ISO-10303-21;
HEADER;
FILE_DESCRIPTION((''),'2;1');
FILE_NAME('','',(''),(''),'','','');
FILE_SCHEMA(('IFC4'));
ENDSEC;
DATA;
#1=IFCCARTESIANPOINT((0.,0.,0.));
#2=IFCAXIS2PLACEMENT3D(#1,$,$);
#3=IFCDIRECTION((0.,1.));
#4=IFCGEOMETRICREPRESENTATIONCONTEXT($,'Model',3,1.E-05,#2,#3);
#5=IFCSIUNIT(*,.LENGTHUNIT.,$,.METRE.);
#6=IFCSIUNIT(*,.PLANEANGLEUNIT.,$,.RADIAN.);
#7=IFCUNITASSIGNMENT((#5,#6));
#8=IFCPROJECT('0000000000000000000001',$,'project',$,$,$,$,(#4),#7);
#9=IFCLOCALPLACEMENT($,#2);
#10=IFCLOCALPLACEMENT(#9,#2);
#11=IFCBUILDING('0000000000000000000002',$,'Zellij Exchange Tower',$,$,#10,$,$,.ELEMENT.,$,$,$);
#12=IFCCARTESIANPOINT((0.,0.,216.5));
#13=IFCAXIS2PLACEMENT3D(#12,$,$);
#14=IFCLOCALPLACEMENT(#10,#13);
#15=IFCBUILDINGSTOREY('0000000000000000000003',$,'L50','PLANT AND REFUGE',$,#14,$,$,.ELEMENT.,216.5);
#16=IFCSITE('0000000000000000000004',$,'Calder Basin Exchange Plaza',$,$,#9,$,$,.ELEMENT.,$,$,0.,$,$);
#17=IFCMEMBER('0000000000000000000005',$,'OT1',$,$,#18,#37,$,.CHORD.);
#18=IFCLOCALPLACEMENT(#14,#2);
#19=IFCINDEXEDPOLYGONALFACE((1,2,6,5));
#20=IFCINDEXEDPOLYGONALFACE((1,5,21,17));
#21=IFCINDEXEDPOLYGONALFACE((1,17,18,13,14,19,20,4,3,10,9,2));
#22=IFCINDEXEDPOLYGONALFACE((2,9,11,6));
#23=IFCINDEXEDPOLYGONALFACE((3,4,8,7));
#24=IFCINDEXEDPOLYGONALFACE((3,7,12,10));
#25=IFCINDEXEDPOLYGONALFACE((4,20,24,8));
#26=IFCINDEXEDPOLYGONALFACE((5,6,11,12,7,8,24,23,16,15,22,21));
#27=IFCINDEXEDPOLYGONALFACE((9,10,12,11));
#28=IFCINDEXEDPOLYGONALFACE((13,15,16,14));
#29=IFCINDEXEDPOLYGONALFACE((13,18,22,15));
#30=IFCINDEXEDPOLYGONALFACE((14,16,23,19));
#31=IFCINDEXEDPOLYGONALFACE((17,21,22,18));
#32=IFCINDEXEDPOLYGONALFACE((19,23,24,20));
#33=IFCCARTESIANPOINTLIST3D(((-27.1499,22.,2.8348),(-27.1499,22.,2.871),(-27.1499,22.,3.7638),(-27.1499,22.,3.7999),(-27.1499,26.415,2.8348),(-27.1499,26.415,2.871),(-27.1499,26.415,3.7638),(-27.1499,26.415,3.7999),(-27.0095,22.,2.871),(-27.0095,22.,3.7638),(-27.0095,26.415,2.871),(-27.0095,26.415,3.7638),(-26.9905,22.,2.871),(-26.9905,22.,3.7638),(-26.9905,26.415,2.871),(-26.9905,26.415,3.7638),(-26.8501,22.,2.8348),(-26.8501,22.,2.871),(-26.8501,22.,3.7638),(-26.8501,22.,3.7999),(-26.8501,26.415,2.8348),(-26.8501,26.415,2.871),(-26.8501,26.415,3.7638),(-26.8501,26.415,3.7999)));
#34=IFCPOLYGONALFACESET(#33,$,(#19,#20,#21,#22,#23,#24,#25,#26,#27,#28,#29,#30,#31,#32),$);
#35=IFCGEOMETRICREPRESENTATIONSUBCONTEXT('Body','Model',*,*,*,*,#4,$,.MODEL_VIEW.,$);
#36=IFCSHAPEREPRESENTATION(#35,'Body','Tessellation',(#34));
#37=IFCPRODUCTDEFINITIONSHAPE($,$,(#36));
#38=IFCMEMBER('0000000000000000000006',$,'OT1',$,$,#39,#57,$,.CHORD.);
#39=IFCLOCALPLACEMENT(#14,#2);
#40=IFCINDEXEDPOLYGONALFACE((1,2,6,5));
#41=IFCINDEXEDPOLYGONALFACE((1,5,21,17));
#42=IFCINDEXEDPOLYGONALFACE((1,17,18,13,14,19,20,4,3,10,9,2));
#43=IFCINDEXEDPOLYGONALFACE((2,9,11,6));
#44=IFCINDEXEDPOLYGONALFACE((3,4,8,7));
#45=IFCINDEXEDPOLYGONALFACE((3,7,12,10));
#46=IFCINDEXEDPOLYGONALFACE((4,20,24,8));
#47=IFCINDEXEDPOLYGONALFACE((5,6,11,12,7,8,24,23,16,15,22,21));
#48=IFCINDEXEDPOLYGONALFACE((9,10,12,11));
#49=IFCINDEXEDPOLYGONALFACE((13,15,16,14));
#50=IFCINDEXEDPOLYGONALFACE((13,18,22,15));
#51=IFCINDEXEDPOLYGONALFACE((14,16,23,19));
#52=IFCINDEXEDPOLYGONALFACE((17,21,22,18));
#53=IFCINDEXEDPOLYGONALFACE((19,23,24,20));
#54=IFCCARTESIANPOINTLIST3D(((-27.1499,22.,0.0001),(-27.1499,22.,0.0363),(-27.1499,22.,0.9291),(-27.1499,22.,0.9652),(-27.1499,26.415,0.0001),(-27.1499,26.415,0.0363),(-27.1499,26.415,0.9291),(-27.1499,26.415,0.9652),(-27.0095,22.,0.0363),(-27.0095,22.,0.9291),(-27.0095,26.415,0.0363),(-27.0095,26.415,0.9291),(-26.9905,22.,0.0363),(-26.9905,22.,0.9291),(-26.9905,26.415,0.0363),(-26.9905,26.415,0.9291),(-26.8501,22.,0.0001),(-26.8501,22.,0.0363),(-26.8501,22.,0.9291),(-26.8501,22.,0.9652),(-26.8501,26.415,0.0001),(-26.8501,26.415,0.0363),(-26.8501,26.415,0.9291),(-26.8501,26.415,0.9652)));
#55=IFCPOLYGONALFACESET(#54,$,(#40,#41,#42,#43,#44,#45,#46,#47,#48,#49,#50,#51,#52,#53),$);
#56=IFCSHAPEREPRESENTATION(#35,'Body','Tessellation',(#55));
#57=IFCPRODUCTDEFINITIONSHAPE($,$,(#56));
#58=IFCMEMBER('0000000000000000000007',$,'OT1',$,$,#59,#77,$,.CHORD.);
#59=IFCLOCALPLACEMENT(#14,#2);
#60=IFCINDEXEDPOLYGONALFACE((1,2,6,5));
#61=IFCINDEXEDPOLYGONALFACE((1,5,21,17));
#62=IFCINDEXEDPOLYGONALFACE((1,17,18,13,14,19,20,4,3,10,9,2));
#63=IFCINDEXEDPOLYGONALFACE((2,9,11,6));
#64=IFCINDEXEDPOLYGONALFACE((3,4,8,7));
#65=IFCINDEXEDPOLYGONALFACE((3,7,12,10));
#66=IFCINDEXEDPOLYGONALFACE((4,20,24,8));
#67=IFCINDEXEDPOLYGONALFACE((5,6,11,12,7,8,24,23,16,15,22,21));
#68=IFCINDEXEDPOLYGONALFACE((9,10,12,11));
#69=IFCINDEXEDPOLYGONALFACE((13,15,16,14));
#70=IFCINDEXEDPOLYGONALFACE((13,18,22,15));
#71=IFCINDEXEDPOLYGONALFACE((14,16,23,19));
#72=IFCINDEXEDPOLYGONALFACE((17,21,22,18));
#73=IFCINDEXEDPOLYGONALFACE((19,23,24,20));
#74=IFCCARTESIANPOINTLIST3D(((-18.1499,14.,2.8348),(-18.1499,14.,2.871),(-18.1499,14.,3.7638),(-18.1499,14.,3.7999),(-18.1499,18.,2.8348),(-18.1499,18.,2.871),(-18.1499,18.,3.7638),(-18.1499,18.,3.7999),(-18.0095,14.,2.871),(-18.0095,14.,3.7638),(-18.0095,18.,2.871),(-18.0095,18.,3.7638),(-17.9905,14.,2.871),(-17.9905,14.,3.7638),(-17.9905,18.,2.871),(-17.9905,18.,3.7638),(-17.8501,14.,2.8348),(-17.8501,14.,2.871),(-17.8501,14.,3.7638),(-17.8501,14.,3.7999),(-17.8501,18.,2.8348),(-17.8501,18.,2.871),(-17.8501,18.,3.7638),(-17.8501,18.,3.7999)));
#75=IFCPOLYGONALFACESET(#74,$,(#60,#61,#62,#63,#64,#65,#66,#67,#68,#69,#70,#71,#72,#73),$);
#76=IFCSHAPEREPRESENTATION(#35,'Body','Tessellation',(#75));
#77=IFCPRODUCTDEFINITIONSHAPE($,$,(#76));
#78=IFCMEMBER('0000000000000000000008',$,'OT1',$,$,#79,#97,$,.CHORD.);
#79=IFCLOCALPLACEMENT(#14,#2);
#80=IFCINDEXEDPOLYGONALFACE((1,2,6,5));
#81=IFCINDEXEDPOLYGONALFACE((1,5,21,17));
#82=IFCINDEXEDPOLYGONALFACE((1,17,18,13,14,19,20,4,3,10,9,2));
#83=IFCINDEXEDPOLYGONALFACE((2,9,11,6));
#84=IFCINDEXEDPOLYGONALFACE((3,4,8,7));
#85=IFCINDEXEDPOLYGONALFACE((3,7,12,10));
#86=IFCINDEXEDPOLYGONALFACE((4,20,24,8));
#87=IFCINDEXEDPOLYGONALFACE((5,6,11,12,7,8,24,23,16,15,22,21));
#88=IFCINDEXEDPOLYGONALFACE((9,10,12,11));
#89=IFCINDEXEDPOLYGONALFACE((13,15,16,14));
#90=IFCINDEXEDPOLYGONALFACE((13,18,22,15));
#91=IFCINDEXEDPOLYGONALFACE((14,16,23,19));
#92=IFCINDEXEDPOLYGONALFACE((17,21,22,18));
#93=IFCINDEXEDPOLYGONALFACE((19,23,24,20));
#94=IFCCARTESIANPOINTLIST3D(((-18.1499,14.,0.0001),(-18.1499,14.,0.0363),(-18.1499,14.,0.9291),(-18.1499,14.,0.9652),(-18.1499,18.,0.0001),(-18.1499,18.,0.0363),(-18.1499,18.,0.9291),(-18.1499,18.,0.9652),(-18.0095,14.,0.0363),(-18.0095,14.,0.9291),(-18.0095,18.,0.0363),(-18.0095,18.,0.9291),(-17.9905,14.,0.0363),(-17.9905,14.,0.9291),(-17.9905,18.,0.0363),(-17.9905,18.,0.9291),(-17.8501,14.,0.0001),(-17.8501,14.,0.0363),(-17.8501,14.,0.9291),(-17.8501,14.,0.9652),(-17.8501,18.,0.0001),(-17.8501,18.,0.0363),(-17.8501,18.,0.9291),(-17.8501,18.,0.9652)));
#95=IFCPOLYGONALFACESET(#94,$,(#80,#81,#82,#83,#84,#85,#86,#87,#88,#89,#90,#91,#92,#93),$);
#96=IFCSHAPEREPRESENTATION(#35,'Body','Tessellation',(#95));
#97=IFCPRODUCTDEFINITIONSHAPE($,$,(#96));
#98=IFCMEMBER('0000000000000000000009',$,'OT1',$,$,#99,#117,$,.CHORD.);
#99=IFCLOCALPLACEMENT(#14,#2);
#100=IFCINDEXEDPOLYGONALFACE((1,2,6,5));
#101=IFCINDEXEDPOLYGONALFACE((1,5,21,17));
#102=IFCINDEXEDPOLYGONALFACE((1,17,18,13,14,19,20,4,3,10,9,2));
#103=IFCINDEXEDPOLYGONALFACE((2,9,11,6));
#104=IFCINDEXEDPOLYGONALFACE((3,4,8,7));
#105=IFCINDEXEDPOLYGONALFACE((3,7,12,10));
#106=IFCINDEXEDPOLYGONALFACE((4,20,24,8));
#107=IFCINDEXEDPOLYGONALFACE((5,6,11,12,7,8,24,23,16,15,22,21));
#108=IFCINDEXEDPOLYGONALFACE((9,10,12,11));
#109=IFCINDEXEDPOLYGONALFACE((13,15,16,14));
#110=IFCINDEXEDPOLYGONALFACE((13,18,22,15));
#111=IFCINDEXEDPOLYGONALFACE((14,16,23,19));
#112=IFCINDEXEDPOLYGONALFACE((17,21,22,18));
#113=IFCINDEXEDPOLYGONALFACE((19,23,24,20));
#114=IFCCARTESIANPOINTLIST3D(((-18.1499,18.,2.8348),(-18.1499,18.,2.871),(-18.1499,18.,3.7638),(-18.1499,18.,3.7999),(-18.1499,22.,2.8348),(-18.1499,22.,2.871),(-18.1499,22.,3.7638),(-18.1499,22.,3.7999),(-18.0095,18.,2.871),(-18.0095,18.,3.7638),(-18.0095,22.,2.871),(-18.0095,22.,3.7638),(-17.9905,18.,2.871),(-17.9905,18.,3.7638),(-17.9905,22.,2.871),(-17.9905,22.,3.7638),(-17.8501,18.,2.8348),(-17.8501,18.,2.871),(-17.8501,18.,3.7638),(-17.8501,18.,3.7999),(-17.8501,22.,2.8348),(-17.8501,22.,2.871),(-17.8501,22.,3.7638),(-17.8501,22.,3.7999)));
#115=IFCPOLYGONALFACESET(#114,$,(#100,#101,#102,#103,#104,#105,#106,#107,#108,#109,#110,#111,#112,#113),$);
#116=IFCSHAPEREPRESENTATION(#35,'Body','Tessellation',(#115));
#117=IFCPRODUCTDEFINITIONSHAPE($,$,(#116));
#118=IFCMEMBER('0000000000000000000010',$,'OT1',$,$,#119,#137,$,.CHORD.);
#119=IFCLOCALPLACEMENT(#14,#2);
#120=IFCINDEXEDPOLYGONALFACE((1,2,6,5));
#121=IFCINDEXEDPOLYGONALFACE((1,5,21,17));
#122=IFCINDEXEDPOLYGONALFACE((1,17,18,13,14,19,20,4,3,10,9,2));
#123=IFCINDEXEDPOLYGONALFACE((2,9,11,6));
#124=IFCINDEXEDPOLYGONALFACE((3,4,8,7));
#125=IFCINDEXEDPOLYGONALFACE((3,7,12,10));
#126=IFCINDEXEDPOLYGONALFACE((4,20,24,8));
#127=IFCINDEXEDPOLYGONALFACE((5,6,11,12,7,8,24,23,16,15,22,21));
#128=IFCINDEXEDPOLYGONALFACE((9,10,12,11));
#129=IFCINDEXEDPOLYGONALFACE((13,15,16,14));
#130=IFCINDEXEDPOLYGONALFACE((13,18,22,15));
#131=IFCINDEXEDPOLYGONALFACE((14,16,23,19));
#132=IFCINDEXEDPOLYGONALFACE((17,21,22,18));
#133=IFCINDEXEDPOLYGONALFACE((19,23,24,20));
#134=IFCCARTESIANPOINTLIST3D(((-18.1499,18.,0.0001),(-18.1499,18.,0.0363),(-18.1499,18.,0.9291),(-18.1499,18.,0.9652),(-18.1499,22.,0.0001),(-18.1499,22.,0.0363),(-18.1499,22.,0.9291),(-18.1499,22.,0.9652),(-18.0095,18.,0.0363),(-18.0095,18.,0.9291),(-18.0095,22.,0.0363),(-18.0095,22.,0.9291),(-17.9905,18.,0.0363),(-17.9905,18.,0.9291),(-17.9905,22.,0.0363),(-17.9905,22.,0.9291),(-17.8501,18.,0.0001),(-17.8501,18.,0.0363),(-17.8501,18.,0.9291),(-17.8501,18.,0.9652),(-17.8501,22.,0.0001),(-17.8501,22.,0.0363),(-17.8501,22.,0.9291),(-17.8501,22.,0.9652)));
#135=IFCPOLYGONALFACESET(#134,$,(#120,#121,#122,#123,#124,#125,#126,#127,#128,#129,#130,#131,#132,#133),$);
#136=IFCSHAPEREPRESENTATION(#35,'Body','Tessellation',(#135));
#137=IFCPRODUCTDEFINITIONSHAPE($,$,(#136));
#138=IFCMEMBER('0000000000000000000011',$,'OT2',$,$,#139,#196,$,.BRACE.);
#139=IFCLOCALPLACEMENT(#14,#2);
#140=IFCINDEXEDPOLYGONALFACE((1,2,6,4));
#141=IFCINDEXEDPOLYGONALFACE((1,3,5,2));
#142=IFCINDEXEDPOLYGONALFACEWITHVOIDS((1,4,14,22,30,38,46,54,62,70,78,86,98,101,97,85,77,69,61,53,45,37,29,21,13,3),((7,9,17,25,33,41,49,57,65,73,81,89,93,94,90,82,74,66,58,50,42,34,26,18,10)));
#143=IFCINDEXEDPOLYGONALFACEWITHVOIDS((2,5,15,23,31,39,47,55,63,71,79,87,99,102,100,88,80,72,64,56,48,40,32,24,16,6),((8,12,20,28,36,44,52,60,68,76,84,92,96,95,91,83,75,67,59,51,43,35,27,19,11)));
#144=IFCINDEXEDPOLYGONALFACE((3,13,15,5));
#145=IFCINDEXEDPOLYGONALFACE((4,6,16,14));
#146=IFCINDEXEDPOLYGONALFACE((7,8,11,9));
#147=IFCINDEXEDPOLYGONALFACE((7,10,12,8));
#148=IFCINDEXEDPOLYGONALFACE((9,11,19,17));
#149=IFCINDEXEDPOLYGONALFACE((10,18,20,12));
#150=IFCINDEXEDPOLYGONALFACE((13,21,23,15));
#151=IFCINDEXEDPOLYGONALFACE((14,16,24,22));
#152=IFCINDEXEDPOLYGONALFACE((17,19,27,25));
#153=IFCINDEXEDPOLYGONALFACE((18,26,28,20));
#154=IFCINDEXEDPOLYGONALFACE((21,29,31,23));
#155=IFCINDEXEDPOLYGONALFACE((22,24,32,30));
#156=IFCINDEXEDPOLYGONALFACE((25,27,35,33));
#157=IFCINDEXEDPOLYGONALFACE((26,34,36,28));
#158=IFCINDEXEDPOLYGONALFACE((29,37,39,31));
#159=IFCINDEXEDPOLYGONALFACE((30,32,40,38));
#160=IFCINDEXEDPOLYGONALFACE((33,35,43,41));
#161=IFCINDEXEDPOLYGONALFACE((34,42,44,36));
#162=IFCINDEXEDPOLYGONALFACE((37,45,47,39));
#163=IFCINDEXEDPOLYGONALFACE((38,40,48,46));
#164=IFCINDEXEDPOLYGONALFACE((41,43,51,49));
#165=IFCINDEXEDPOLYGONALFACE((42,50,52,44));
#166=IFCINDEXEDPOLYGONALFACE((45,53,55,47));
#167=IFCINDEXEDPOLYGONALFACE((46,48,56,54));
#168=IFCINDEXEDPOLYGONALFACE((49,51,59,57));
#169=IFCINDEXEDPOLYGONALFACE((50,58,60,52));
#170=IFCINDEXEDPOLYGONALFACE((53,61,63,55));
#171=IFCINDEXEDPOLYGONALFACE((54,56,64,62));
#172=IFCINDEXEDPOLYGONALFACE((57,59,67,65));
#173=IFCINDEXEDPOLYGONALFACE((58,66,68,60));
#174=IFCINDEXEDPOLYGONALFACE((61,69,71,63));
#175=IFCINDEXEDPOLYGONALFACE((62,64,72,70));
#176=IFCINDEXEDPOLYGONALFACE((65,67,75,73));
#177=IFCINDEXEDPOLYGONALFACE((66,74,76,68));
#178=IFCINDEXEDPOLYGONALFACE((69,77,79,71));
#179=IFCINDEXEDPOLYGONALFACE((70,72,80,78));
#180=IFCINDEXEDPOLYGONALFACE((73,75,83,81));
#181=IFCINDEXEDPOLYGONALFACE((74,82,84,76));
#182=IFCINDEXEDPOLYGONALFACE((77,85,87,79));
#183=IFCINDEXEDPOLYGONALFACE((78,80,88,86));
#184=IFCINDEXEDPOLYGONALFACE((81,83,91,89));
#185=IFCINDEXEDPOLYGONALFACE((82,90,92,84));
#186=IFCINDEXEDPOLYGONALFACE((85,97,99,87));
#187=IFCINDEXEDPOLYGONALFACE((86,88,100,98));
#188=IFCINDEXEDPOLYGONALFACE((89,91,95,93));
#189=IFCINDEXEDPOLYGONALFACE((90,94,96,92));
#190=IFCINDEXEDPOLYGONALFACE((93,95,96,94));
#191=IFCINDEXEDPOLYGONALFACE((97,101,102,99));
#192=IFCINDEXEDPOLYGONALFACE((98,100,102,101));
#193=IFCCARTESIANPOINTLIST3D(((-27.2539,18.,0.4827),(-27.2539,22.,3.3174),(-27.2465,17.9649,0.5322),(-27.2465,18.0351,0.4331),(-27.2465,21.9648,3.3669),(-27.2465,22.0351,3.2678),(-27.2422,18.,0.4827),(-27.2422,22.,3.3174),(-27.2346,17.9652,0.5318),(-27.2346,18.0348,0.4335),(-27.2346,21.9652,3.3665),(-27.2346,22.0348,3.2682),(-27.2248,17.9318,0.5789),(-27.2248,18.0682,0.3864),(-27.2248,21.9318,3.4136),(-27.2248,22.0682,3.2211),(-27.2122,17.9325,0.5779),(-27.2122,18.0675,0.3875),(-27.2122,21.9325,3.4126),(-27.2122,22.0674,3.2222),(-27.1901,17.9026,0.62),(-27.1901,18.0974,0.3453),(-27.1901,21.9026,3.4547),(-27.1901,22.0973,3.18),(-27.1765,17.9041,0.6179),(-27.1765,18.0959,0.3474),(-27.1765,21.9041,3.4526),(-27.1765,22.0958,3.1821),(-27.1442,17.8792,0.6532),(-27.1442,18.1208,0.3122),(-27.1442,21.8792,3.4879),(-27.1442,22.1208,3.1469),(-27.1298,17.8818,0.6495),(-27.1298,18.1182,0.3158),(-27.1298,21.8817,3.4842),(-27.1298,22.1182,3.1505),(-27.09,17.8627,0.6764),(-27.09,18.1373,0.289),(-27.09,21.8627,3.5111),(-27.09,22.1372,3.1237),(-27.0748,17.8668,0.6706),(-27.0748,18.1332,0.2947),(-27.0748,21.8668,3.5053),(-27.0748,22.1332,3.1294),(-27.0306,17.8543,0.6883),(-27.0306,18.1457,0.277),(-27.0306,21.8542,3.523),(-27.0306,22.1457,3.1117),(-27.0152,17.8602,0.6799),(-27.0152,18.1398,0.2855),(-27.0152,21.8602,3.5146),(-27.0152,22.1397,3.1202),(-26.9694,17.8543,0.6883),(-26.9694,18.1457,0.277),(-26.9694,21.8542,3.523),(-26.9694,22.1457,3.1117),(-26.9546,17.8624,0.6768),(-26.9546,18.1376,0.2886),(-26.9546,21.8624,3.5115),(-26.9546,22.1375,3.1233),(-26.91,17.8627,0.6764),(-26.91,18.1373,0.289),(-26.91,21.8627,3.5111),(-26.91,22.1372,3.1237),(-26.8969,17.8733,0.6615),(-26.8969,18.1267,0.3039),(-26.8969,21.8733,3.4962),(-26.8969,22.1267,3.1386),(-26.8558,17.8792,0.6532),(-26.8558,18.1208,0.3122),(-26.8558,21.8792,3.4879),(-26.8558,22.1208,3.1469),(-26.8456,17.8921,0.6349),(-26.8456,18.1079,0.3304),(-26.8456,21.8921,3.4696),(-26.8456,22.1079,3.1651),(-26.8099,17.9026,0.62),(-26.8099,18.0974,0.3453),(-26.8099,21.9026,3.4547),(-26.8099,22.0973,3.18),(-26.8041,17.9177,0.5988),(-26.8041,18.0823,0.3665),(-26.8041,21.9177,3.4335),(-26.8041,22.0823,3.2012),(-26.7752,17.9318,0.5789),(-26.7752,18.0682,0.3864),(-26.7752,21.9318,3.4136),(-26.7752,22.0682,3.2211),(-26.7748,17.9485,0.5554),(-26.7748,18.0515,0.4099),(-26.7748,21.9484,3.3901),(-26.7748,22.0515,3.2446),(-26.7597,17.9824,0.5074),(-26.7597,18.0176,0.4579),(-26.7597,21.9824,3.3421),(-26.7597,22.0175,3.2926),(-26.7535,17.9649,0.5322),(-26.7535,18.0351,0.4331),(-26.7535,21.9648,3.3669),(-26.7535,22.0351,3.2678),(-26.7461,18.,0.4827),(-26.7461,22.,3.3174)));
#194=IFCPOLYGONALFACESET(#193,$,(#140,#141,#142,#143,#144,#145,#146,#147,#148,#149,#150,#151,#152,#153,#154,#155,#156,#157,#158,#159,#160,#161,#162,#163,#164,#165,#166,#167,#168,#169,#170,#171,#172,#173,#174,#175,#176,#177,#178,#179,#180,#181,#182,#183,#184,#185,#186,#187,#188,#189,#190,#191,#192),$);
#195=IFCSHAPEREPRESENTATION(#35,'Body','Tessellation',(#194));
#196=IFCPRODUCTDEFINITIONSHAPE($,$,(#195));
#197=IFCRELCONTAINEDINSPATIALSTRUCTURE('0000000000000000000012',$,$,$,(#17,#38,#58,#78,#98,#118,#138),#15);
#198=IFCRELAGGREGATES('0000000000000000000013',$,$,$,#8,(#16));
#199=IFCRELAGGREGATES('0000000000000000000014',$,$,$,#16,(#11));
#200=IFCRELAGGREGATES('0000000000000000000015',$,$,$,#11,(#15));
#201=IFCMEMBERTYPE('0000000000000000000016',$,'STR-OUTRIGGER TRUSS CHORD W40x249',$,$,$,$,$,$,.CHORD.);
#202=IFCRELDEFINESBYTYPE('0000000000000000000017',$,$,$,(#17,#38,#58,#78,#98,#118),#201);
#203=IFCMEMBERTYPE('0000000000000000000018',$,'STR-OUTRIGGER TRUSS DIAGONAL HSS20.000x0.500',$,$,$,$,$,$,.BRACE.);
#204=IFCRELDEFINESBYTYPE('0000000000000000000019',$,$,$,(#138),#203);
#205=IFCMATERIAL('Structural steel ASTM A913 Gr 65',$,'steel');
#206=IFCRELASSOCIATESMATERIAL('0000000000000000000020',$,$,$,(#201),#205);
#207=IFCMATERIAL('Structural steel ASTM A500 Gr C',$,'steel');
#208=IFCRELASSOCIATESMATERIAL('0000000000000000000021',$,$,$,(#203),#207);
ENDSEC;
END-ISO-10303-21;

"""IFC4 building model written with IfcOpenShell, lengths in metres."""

from ifc_helpers import new_model, si_unit, direction, frame, origin, origin_2d, place, context, subcontext, project, spatial, hollow_circle, i_section, extrude, material, material_profile, profile_set, type_object, element, save


model = new_model("IFC4")

# Units and contexts
model_context = context("Model", 3, precision=1e-05, world=origin(), true_north=direction((0.0, 1.0)))
body_context = subcontext(model_context, "Body", "Model", "MODEL_VIEW")
ifc_project = project(units=[si_unit("LENGTHUNIT", "METRE"), si_unit("PLANEANGLEUNIT", "RADIAN")], contexts=[model_context])

# Site, building, storey
site_placement = place(None, origin())
site = spatial("IfcSite", under=ifc_project, at=site_placement, Name="Calder Basin Exchange Plaza", CompositionType="ELEMENT", RefElevation=0.0)
building_placement = place(site_placement, origin())
building = spatial("IfcBuilding", under=site, at=building_placement, Name="Zellij Exchange Tower", CompositionType="ELEMENT")
storey_placement = place(building_placement, frame((0.0, 0.0, 216.5)))
storey = spatial("IfcBuildingStorey", under=building, at=storey_placement, Name="L50", Description="PLANT AND REFUGE", CompositionType="ELEMENT", Elevation=216.5)

# Shared definitions
ifc_material_1 = material(Name="Structural steel ASTM A913 Gr 65", Category="steel")

# Members
ifc_material_profile_1 = material_profile(ifc_material_1, i_section(OverallWidth=0.2998, OverallDepth=0.9651, WebThickness=0.019, FlangeThickness=0.0361, at=origin_2d()), Name="W40x249")
ifc_profile_set_1 = profile_set([ifc_material_profile_1], Name="Structural steel ASTM A913 Gr 65")
member_type_1 = type_object("IfcMemberType", Name="STR-OUTRIGGER TRUSS CHORD W40x249", PredefinedType="CHORD", material=ifc_profile_set_1)
for number, where, z_axis, x_axis, name in (
    (1, (-27.0, 22.0, 3.3174), (0.0, 1.0, 0.0), (-1.0, 0.0, 0.0), "OT1"),
    (2, (-27.0, 22.0, 0.4827), (0.0, 1.0, 0.0), (-1.0, 0.0, 0.0), "OT1"),
):
    element("IfcMember", number, at=place(storey_placement, frame(where, z_axis=z_axis, x_axis=x_axis)), inside=storey, type_object=member_type_1, Name=name, PredefinedType="CHORD", context=body_context, shape_type="SweptSolid", body=[
        extrude(i_section(OverallWidth=0.2998, OverallDepth=0.9651, WebThickness=0.019, FlangeThickness=0.0361, at=origin_2d()), origin(), (0.0, 0.0, 1.0), 4.415),
    ])
for number, where, z_axis, x_axis, name in (
    (3, (-18.0, 14.0, 3.3174), (0.0, 1.0, 0.0), (-1.0, 0.0, 0.0), "OT1"),
    (4, (-18.0, 14.0, 0.4827), (0.0, 1.0, 0.0), (-1.0, 0.0, 0.0), "OT1"),
    (5, (-18.0, 18.0, 3.3174), (0.0, 1.0, 0.0), (-1.0, 0.0, 0.0), "OT1"),
    (6, (-18.0, 18.0, 0.4827), (0.0, 1.0, 0.0), (-1.0, 0.0, 0.0), "OT1"),
):
    element("IfcMember", number, at=place(storey_placement, frame(where, z_axis=z_axis, x_axis=x_axis)), inside=storey, type_object=member_type_1, Name=name, PredefinedType="CHORD", context=body_context, shape_type="SweptSolid", body=[
        extrude(i_section(OverallWidth=0.2998, OverallDepth=0.9651, WebThickness=0.019, FlangeThickness=0.0361, at=origin_2d()), origin(), (0.0, 0.0, 1.0), 4.0),
    ])
ifc_material_2 = material(Name="Structural steel ASTM A500 Gr C", Category="steel")
ifc_material_profile_2 = material_profile(ifc_material_2, hollow_circle(Radius=0.2539, WallThickness=0.0117, at=origin_2d()), Name="STR-OUTRIGGER TRUSS DIAGONAL HSS20.000x0.500")
ifc_profile_set_2 = profile_set([ifc_material_profile_2], Name="Structural steel ASTM A500 Gr C")
member_type_2 = type_object("IfcMemberType", Name="STR-OUTRIGGER TRUSS DIAGONAL HSS20.000x0.500", PredefinedType="BRACE", material=ifc_profile_set_2)
member_1_placement = place(storey_placement, frame((-27.0, 18.0, 0.4827), z_axis=(0.0, 0.815891, 0.578205), x_axis=(-1.0, 0.0, 0.0)))
element("IfcMember", 7, at=member_1_placement, inside=storey, type_object=member_type_2, Name="OT2", PredefinedType="BRACE", context=body_context, shape_type="SweptSolid", body=[
    extrude(hollow_circle(Radius=0.2539, WallThickness=0.0117, at=origin_2d()), origin(), (0.0, 0.0, 1.0), 4.9026),
])

save(model, "model.ifc")
